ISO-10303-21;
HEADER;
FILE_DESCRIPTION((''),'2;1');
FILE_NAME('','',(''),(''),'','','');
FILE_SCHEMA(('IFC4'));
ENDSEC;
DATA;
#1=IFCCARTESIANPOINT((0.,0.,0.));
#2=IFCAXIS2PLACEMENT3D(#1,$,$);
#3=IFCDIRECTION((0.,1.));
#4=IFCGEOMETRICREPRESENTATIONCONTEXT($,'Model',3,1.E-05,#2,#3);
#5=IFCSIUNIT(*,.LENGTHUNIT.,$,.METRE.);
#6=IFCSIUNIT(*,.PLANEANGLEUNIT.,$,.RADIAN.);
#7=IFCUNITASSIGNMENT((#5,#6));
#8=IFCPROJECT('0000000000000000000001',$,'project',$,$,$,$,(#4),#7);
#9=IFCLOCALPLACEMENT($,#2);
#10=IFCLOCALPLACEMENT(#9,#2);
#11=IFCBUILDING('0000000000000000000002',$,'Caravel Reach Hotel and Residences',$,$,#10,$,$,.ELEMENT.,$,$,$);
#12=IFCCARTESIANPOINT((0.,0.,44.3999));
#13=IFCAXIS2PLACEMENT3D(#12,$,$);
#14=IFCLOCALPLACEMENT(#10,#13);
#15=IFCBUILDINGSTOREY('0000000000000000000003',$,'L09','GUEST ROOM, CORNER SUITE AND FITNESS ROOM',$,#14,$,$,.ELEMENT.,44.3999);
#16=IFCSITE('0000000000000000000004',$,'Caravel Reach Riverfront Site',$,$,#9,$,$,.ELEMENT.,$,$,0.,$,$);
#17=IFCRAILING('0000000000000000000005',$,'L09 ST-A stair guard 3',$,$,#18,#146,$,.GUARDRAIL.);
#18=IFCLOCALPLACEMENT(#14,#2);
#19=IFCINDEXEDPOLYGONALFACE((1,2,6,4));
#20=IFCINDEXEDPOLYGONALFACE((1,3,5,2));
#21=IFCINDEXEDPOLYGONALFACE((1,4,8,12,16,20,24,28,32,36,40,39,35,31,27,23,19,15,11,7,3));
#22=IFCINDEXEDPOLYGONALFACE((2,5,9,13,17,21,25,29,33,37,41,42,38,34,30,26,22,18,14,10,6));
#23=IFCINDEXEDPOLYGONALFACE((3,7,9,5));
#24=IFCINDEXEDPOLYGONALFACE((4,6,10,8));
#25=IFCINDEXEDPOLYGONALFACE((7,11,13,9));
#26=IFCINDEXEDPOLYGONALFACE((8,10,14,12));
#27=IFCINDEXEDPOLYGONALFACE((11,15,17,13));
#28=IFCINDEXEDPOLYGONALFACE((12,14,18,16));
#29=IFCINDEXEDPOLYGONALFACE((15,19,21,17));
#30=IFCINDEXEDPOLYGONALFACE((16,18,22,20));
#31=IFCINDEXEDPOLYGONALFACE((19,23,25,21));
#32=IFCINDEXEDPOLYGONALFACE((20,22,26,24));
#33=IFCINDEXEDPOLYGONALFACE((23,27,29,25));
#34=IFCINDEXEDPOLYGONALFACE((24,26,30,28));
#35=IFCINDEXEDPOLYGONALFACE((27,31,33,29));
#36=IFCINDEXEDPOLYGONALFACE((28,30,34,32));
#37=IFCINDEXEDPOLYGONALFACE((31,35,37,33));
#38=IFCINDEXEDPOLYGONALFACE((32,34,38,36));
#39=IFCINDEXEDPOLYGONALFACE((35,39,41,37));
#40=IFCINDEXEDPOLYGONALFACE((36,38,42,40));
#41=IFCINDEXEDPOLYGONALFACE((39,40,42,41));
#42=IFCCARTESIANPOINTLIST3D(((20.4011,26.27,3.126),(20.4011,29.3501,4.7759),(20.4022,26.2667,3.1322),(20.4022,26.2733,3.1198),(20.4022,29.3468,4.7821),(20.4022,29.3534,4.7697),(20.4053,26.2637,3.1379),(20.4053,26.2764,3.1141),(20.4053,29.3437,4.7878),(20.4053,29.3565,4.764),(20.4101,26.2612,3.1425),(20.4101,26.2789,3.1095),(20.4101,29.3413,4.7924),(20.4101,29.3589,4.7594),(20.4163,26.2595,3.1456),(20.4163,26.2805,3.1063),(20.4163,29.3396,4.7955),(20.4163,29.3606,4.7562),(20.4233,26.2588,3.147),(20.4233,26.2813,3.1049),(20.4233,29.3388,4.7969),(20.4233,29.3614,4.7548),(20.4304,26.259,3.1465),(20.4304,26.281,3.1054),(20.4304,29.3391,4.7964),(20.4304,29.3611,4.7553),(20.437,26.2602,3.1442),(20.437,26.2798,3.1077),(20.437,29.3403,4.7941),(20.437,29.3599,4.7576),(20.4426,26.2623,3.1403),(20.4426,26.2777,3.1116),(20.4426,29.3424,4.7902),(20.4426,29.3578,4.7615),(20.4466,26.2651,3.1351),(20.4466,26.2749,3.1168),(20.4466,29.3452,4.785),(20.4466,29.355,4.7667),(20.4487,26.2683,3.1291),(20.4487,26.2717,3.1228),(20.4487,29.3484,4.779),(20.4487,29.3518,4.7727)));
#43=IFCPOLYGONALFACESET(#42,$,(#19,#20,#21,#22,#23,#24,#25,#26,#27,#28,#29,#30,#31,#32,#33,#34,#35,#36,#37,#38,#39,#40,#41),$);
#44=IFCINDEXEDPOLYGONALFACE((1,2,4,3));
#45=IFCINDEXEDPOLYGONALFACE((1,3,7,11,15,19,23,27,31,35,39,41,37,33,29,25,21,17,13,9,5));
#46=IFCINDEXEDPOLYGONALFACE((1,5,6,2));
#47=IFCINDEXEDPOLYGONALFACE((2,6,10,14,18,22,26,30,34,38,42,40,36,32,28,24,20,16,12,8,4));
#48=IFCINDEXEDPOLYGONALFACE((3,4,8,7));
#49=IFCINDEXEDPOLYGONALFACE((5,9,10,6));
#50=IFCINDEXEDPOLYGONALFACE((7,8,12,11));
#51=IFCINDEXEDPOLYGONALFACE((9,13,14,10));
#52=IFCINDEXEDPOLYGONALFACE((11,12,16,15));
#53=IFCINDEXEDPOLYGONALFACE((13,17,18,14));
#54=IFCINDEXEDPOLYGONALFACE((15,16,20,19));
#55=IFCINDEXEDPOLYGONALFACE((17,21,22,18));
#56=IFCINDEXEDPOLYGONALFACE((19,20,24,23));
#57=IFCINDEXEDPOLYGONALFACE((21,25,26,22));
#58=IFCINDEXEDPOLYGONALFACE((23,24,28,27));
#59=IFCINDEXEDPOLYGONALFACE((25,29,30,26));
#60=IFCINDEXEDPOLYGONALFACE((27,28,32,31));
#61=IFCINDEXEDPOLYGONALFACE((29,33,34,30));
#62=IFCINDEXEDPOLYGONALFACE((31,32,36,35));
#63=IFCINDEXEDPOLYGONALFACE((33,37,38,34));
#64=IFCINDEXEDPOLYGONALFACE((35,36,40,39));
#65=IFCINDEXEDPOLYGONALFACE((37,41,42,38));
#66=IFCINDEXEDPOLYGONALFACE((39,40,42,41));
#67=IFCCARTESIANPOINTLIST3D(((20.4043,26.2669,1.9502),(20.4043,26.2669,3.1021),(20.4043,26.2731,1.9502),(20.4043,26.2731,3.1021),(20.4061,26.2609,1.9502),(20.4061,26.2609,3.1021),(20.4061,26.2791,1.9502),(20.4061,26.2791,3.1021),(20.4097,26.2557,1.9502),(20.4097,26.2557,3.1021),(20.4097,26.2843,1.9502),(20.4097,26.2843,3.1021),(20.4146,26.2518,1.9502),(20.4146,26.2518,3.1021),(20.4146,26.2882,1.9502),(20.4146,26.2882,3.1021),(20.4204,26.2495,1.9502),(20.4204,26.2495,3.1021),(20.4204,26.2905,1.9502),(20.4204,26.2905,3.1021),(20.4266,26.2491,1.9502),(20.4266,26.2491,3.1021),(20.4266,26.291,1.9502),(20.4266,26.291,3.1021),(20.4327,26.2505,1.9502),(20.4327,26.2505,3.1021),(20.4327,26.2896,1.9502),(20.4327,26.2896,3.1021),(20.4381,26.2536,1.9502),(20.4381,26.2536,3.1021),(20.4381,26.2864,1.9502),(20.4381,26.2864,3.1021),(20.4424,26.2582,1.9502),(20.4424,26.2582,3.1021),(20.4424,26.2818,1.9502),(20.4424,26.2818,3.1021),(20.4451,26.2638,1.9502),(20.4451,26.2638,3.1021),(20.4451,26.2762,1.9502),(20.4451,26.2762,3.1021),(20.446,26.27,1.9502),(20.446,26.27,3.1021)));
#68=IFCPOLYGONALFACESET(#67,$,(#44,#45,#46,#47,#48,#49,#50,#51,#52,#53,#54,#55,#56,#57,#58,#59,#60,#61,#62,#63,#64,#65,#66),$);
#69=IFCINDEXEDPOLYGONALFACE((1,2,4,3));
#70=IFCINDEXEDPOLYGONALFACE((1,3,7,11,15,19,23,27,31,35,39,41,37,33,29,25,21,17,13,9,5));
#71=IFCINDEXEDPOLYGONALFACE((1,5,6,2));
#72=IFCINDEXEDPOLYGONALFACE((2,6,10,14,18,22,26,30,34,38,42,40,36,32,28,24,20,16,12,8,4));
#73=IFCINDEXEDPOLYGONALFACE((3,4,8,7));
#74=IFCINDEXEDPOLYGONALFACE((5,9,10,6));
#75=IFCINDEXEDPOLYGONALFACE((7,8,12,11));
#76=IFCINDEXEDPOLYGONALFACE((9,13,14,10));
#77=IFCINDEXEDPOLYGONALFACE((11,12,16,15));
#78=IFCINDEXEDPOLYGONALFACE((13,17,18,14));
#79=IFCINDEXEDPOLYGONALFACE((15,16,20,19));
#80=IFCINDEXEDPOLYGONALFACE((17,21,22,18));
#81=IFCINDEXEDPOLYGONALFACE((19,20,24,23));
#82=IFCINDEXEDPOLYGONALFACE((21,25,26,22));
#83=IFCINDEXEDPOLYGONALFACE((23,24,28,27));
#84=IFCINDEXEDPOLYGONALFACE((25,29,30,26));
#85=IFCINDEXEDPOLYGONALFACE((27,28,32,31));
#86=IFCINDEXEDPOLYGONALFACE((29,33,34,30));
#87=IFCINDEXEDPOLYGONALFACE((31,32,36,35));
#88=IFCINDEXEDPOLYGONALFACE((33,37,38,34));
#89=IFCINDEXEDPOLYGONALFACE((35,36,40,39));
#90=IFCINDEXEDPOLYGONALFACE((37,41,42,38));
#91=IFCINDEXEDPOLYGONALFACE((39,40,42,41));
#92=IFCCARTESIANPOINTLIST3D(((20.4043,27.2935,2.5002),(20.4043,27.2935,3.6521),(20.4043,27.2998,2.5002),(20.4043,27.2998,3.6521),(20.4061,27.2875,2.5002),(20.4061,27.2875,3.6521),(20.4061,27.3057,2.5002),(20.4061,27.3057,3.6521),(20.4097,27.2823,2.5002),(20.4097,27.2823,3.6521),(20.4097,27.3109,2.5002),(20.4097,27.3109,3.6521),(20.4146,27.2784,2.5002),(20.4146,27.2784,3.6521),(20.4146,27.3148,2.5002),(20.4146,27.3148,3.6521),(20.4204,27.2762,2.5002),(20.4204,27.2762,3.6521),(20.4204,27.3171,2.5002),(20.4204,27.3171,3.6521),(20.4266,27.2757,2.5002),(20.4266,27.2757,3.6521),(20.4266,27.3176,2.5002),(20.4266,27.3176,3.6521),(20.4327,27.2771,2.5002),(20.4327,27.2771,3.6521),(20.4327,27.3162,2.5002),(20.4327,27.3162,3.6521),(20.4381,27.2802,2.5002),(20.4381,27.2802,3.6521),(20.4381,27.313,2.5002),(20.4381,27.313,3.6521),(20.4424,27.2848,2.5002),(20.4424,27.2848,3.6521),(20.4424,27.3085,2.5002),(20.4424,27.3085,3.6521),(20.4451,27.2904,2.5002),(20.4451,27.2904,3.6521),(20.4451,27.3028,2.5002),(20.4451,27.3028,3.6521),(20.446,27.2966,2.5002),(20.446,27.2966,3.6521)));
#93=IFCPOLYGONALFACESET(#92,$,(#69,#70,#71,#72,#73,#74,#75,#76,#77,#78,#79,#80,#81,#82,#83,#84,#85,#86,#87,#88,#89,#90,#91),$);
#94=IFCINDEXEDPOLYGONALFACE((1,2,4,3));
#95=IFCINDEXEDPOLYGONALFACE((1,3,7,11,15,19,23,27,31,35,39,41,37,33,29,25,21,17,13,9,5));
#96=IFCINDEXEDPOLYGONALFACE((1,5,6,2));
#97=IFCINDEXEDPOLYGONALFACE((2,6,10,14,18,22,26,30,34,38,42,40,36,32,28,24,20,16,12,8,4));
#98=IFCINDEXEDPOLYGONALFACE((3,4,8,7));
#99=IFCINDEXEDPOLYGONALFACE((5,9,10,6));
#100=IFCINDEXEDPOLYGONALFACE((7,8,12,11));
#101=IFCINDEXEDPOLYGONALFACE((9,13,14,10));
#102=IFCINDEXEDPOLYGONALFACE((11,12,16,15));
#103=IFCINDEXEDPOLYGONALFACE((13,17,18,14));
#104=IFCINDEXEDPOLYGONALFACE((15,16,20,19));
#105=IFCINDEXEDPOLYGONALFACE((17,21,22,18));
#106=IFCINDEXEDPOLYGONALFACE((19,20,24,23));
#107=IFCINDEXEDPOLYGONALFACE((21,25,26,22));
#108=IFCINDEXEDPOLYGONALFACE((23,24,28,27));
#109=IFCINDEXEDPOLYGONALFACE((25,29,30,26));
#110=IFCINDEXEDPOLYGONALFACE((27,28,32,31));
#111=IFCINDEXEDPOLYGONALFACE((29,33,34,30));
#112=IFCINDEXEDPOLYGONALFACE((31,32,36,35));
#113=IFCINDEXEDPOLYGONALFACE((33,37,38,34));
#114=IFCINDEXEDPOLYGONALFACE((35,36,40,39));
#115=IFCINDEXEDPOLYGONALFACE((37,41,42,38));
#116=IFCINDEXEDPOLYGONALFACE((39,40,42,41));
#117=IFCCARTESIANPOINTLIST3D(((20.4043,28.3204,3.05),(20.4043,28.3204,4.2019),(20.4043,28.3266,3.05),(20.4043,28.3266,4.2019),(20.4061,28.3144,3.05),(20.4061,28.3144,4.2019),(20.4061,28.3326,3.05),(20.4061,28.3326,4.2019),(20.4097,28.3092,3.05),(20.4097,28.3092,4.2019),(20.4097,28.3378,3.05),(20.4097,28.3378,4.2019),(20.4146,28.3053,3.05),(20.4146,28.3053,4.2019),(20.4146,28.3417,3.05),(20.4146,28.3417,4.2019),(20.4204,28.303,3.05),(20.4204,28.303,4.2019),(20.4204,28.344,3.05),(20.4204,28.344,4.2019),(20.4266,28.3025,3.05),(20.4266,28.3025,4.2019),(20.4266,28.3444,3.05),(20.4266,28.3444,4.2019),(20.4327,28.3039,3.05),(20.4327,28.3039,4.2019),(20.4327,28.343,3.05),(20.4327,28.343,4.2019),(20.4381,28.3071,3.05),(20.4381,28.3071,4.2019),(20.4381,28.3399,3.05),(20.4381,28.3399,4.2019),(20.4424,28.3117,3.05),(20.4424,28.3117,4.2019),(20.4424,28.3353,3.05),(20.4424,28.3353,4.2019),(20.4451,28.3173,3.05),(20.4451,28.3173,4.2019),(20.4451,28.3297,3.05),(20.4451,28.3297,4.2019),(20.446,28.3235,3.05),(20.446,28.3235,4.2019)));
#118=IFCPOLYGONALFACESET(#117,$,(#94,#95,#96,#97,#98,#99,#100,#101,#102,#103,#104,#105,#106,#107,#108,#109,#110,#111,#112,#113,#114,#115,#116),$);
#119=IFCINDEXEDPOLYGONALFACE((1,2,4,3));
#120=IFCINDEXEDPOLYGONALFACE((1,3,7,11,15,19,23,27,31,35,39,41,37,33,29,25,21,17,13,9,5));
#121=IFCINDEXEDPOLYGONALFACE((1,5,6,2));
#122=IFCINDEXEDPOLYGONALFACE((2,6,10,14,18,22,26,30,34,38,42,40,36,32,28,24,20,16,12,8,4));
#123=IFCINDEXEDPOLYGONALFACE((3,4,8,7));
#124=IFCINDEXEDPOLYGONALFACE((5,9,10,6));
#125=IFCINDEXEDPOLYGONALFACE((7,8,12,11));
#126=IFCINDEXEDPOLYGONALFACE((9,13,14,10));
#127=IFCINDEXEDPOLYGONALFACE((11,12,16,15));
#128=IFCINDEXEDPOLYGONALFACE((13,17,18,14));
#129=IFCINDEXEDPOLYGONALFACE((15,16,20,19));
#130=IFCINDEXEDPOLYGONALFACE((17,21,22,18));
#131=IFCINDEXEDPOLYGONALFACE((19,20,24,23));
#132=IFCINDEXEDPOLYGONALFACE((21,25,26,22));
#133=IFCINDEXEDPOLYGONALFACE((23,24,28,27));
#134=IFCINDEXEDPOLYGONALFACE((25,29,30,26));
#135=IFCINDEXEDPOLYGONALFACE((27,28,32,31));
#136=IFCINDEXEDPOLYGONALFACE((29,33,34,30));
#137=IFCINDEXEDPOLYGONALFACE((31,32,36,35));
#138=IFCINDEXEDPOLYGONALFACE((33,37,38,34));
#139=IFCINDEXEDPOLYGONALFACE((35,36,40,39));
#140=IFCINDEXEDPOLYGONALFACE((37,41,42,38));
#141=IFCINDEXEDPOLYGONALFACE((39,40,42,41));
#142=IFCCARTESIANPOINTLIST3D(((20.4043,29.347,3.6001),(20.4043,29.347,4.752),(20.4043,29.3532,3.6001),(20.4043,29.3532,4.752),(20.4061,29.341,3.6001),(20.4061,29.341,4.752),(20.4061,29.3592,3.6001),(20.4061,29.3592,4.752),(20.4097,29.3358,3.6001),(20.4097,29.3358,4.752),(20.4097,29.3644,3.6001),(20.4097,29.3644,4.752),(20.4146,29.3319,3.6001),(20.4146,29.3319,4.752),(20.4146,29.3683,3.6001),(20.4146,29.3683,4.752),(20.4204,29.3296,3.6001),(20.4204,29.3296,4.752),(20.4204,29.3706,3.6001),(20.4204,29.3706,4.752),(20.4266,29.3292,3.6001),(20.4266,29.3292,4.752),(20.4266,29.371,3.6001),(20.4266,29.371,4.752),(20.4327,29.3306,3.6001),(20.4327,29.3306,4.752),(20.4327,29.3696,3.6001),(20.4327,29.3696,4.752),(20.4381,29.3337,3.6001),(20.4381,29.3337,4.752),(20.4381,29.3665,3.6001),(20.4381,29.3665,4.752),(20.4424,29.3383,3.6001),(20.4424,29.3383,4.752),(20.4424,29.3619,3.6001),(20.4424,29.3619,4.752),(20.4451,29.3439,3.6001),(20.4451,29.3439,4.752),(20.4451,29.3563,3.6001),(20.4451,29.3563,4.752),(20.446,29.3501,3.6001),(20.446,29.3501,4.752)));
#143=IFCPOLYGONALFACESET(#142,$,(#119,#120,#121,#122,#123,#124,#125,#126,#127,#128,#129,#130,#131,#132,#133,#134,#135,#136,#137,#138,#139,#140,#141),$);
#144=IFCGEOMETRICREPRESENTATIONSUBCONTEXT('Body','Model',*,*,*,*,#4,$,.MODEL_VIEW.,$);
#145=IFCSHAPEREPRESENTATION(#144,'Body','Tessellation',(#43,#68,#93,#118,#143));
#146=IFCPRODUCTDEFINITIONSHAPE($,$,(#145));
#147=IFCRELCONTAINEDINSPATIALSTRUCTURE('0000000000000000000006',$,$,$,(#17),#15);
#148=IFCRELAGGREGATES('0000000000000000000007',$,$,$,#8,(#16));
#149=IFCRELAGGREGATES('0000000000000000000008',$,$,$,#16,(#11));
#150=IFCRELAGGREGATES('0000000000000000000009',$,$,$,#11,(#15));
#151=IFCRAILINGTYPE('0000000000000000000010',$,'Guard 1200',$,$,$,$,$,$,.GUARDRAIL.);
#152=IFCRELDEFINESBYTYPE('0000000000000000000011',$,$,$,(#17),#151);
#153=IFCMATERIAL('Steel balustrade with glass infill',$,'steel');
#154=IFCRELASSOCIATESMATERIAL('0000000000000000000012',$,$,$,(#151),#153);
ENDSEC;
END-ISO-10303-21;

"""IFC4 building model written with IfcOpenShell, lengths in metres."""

from ifc_helpers import new_model, si_unit, direction, frame, origin, origin_2d, place, context, subcontext, project, spatial, circle, extrude, material, type_object, element, save


model = new_model("IFC4")

# Units and contexts
model_context = context("Model", 3, precision=1e-05, world=origin(), true_north=direction((0.0, 1.0)))
body_context = subcontext(model_context, "Body", "Model", "MODEL_VIEW")
ifc_project = project(units=[si_unit("LENGTHUNIT", "METRE"), si_unit("PLANEANGLEUNIT", "RADIAN")], contexts=[model_context])

# Site, building, storey
site_placement = place(None, origin())
site = spatial("IfcSite", under=ifc_project, at=site_placement, Name="Caravel Reach Riverfront Site", CompositionType="ELEMENT", RefElevation=0.0)
building_placement = place(site_placement, origin())
building = spatial("IfcBuilding", under=site, at=building_placement, Name="Caravel Reach Hotel and Residences", CompositionType="ELEMENT")
storey_placement = place(building_placement, frame((0.0, 0.0, 44.3999)))
storey = spatial("IfcBuildingStorey", under=building, at=storey_placement, Name="L09", Description="GUEST ROOM, CORNER SUITE AND FITNESS ROOM", CompositionType="ELEMENT", Elevation=44.3999)

# Railing
ifc_material_1 = material(Name="Steel balustrade with glass infill", Category="steel")
railing_type_1 = type_object("IfcRailingType", Name="Guard 1200", PredefinedType="GUARDRAIL", material=ifc_material_1)
railing_1_placement = place(storey_placement, frame((20.425, 26.27, 1.9502)))
element("IfcRailing", 1, at=railing_1_placement, inside=storey, type_object=railing_type_1, Name="L09 ST-A stair guard 3", PredefinedType="GUARDRAIL", context=body_context, shape_type="SweptSolid", body=[
    extrude(circle(Radius=0.0239, at=origin_2d()), frame((0.0, 0.0, 1.1758), z_axis=(0.0, 0.881497, 0.47219), x_axis=(-1.0, 0.0, 0.0)), (0.0, 0.0, 1.0), 3.4941),
    extrude(circle(Radius=0.021, at=origin_2d()), origin(), (0.0, 0.0, 1.0), 1.1519),
    extrude(circle(Radius=0.021, at=origin_2d()), frame((0.0, 1.0266, 0.55)), (0.0, 0.0, 1.0), 1.1519),
    extrude(circle(Radius=0.021, at=origin_2d()), frame((0.0, 2.0535, 1.0999)), (0.0, 0.0, 1.0), 1.1519),
    extrude(circle(Radius=0.021, at=origin_2d()), frame((0.0, 3.0801, 1.6499)), (0.0, 0.0, 1.0), 1.1519),
])

save(model, "model.ifc")
